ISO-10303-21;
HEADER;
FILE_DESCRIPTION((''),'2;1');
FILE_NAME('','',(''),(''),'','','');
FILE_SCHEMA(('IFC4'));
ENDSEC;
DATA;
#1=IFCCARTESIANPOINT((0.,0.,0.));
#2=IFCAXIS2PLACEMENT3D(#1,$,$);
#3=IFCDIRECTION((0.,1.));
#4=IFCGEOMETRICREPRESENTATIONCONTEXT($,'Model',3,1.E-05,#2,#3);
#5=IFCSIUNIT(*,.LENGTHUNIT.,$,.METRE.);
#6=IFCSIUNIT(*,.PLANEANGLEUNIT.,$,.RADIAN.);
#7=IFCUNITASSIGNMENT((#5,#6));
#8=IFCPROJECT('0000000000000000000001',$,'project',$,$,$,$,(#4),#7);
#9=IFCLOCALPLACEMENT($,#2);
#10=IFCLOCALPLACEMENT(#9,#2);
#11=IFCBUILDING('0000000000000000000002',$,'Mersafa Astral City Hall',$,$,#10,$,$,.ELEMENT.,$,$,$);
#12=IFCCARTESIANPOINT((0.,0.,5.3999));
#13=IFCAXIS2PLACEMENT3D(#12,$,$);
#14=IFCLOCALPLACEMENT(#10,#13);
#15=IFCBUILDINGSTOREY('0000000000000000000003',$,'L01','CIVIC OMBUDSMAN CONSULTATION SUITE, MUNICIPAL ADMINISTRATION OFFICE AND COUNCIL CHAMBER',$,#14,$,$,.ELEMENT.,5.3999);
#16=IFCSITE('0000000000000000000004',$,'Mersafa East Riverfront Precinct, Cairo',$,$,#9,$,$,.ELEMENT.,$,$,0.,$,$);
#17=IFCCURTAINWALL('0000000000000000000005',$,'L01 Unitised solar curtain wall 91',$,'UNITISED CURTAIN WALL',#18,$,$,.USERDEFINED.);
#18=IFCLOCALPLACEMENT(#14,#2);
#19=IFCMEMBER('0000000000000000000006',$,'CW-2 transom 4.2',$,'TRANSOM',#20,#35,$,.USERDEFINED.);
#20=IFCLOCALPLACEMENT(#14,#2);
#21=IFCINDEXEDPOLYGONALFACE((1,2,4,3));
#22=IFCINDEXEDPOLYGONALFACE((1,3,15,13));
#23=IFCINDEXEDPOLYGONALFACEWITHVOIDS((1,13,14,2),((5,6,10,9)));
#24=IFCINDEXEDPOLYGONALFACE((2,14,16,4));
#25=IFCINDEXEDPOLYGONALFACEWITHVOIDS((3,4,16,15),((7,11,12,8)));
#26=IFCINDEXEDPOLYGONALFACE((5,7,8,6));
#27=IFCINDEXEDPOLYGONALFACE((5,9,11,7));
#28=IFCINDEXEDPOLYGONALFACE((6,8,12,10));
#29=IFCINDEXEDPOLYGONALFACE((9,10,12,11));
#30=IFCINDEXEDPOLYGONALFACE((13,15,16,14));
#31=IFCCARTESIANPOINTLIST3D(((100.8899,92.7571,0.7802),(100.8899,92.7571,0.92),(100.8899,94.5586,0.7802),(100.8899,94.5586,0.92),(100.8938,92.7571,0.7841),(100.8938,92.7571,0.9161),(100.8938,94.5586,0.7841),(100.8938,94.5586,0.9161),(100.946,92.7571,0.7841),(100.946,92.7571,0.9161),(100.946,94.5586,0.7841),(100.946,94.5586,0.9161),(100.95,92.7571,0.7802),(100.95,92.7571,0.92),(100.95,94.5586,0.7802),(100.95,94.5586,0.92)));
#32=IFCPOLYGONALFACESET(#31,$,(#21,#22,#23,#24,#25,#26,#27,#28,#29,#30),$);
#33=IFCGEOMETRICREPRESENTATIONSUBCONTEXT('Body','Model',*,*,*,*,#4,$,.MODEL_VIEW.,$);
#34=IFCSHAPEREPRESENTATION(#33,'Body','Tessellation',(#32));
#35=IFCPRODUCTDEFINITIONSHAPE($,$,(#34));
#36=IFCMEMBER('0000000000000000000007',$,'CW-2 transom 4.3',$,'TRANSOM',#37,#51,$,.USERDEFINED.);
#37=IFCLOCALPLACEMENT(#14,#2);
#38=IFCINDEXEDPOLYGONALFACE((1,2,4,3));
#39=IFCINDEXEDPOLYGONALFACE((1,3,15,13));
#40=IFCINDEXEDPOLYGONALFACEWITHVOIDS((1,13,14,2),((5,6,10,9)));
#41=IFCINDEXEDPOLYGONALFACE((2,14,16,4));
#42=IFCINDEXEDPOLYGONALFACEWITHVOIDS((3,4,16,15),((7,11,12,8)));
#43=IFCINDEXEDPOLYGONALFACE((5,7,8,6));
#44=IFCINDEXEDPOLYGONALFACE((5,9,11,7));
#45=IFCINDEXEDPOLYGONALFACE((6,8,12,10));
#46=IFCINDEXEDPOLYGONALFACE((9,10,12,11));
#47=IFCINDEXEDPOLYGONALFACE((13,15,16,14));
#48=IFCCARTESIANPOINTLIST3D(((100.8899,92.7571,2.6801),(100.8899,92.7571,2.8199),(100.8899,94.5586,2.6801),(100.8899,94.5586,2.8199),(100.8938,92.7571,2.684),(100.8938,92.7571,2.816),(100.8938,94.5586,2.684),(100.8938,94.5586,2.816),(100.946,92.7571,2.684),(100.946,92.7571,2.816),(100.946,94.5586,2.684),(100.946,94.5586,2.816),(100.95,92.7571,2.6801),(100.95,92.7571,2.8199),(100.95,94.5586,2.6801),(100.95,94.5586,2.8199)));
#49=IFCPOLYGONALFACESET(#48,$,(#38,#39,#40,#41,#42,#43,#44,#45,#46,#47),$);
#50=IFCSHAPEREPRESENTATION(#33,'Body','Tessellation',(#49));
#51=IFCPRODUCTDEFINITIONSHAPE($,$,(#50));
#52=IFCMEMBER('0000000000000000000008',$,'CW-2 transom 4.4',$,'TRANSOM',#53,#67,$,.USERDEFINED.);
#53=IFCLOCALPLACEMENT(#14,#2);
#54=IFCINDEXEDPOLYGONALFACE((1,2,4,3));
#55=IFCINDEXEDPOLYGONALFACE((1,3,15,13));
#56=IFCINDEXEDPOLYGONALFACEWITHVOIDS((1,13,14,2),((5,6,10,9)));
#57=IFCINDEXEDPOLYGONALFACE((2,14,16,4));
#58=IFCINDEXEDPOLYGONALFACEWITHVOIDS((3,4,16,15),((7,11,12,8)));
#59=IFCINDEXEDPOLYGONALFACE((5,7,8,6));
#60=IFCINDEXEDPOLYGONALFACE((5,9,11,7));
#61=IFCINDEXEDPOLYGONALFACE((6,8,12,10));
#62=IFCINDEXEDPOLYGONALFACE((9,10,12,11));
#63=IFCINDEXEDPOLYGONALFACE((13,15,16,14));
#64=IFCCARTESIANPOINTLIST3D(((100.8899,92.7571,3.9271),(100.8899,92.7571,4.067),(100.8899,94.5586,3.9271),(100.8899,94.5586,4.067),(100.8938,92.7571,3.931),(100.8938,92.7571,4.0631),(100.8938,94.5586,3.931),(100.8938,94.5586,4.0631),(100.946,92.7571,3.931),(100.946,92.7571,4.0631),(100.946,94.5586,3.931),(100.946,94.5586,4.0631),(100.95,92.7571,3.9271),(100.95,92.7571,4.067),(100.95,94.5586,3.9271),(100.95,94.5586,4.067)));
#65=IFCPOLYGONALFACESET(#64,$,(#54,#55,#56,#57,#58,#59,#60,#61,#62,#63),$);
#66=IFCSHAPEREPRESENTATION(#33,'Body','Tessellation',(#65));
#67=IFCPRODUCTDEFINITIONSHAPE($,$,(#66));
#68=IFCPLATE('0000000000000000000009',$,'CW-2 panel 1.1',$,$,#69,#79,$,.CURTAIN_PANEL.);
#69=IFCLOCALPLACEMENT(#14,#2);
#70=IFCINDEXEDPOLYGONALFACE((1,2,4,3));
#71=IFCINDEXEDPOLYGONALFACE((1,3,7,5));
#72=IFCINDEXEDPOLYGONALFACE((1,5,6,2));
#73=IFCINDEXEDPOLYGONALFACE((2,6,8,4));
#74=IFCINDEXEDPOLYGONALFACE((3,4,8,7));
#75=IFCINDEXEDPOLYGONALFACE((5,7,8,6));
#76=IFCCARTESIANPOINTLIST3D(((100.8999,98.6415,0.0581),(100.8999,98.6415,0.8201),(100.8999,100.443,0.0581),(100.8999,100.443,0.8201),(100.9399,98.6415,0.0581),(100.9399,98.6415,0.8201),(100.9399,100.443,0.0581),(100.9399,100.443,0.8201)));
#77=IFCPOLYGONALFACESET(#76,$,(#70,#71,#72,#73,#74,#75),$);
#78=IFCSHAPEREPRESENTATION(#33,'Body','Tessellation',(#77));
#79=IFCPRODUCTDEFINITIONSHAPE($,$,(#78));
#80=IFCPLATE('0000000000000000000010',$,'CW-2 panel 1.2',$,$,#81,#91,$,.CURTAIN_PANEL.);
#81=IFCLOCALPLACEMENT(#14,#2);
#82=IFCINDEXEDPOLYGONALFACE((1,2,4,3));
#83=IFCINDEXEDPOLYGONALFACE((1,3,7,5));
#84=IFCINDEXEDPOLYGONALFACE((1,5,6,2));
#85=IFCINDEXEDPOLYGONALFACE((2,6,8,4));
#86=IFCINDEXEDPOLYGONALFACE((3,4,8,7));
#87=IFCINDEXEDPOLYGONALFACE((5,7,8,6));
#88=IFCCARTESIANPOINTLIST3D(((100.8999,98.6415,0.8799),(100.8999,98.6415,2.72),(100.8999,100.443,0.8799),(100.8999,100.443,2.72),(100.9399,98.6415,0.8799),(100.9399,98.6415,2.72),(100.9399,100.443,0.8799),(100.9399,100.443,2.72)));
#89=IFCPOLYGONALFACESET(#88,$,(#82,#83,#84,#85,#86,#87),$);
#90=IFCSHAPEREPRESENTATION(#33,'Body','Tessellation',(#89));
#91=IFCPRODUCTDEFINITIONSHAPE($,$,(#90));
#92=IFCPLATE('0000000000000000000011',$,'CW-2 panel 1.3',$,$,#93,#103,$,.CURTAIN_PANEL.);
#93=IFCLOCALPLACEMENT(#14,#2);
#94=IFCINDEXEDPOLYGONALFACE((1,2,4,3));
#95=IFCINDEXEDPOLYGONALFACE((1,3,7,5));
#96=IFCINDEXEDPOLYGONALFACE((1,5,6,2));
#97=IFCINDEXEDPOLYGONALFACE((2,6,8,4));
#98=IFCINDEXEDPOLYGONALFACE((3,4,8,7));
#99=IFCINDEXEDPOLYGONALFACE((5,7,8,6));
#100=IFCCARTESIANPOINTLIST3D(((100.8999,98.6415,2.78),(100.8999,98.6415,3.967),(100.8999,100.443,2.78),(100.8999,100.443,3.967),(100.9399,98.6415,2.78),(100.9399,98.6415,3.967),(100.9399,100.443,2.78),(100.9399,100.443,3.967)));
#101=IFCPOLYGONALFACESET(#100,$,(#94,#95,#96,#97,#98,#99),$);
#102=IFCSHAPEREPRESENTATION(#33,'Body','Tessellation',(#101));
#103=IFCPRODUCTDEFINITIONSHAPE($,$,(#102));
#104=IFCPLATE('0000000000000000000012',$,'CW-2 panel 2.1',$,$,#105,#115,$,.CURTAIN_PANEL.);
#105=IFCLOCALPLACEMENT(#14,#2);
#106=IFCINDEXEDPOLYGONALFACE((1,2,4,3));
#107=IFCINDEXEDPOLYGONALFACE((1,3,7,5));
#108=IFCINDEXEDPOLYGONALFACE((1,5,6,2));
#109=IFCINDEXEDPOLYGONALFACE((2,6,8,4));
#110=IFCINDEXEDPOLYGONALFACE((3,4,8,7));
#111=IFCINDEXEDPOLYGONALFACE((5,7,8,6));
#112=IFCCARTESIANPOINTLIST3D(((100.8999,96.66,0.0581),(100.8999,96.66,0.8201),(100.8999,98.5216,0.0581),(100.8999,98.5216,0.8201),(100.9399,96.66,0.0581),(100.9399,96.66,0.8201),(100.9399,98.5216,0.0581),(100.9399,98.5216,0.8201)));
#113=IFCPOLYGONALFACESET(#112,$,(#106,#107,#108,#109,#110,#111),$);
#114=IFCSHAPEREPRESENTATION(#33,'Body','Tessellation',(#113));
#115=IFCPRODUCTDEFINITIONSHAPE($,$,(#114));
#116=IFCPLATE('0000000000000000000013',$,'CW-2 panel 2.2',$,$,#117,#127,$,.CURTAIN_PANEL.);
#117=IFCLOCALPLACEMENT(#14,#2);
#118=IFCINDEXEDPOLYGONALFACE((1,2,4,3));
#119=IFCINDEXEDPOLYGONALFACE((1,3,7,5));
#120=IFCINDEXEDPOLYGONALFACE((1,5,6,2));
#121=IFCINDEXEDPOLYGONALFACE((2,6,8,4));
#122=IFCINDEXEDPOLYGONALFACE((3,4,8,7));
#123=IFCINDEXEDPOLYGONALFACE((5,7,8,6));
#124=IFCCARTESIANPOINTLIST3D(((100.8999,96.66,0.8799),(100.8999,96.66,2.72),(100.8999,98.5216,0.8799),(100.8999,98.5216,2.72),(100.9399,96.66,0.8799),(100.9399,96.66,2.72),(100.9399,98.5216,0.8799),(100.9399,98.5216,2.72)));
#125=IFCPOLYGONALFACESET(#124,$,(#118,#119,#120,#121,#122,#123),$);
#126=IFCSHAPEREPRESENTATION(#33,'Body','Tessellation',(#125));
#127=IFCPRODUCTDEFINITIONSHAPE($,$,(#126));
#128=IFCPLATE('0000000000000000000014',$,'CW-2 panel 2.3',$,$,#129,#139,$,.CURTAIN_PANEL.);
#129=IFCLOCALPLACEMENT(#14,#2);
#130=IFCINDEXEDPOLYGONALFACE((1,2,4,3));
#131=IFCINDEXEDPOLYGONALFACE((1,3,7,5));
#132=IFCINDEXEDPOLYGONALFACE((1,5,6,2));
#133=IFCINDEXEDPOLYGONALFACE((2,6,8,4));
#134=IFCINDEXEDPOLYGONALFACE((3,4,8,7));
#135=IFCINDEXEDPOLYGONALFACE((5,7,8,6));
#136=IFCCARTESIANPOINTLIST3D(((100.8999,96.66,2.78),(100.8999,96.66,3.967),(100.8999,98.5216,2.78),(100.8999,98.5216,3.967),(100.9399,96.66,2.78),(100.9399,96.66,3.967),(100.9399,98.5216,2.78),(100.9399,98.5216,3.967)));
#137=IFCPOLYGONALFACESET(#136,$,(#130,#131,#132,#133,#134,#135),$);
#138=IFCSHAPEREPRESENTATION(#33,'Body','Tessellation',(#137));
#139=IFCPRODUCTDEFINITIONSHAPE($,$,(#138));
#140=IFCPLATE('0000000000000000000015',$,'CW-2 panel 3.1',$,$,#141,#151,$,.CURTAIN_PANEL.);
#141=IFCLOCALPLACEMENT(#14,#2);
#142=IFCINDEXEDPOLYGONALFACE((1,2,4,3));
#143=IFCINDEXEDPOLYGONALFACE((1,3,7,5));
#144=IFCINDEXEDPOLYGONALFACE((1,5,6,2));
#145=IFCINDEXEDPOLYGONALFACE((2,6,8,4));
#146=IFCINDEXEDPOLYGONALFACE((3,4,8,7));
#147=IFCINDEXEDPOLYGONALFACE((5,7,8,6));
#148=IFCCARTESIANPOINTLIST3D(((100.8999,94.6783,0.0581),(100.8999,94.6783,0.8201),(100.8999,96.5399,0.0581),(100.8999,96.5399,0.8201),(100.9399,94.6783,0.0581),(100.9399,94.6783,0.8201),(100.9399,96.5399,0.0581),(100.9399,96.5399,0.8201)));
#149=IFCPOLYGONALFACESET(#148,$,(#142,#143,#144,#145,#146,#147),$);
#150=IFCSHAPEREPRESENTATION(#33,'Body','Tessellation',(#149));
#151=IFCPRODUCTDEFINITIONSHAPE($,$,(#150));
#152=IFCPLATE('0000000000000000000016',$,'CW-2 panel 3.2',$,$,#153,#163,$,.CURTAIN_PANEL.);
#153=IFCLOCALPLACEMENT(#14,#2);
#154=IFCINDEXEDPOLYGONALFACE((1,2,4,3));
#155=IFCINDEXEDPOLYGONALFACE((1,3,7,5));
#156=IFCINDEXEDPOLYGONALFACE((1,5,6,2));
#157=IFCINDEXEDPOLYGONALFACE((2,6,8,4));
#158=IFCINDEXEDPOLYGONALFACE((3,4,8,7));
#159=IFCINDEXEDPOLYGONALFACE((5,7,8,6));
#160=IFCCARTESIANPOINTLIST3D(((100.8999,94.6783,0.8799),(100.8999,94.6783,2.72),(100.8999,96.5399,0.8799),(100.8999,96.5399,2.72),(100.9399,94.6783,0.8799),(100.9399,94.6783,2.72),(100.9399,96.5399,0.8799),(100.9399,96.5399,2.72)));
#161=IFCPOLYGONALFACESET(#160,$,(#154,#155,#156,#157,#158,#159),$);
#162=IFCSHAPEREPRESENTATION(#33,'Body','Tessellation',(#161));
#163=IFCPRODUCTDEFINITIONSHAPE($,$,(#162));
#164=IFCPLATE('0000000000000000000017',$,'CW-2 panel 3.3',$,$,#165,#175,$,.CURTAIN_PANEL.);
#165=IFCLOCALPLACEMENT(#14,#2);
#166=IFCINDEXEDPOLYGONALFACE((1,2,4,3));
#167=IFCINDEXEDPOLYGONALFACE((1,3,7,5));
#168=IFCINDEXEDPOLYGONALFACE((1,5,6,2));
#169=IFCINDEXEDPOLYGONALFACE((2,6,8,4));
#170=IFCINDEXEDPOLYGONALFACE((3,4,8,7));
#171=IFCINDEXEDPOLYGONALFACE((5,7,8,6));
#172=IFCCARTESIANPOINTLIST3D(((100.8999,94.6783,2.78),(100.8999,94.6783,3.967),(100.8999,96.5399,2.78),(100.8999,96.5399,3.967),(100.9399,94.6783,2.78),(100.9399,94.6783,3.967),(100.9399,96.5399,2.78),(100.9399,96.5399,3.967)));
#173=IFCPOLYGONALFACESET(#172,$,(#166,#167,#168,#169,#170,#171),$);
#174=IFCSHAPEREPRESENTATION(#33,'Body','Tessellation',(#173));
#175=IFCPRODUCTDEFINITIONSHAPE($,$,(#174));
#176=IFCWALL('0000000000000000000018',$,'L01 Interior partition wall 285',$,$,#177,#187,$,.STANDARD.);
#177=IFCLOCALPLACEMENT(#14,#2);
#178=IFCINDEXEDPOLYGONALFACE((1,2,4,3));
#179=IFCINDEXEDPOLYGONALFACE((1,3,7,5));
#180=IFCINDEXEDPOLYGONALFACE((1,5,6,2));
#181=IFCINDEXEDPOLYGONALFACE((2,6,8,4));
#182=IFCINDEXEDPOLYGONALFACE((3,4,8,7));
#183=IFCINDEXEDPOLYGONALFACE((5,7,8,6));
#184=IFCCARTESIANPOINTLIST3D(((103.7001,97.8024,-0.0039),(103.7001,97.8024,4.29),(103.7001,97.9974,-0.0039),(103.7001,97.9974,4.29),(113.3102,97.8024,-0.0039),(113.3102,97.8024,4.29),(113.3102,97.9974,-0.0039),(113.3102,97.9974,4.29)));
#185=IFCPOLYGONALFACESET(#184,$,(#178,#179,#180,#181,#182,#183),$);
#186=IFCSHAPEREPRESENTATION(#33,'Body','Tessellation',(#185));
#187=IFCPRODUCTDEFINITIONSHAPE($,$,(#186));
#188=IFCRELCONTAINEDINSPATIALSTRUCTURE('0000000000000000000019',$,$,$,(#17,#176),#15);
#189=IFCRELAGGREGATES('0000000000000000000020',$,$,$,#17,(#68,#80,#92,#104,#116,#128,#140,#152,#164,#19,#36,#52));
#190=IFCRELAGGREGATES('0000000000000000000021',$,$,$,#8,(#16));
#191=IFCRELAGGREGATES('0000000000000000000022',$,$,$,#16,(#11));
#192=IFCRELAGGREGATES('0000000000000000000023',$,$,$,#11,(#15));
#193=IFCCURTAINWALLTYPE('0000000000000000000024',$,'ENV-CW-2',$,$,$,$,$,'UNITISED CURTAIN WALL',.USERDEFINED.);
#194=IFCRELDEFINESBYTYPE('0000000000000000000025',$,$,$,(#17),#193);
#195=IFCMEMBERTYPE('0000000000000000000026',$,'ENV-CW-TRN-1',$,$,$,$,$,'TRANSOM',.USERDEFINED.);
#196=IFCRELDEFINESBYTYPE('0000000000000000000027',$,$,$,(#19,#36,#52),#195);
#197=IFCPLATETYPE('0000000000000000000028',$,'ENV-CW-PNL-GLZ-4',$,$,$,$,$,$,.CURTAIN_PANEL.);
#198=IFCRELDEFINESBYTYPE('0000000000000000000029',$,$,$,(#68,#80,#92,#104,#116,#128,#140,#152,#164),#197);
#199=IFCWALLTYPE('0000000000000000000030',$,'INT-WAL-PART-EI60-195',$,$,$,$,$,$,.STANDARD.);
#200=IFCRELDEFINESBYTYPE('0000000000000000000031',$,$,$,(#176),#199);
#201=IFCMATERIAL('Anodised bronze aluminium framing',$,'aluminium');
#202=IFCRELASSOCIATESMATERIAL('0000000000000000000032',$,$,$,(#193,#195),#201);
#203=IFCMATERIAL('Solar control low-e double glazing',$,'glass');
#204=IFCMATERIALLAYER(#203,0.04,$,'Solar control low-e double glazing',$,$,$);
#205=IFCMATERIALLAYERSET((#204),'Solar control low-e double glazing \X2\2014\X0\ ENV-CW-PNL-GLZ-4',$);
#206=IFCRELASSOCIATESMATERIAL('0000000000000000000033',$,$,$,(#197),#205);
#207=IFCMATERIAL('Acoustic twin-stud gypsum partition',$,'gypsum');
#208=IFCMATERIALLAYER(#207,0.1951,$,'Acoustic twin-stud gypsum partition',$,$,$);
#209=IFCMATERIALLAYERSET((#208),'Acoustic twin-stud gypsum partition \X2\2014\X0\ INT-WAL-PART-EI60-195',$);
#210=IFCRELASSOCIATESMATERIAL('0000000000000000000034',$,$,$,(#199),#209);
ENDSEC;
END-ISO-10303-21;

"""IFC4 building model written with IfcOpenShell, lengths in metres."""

from ifc_helpers import new_model, si_unit, direction, frame, frame_2d, origin, origin_2d, place, context, subcontext, project, spatial, rectangle, hollow_rectangle, extrude, material, layer, layer_set, material_profile, profile_set, type_object, element, aggregate, save


model = new_model("IFC4")

# Units and contexts
model_context = context("Model", 3, precision=1e-05, world=origin(), true_north=direction((0.0, 1.0)))
body_context = subcontext(model_context, "Body", "Model", "MODEL_VIEW")
ifc_project = project(units=[si_unit("LENGTHUNIT", "METRE"), si_unit("PLANEANGLEUNIT", "RADIAN")], contexts=[model_context])

# Site, building, storey
site_placement = place(None, origin())
site = spatial("IfcSite", under=ifc_project, at=site_placement, Name="Mersafa East Riverfront Precinct, Cairo", CompositionType="ELEMENT", RefElevation=0.0)
building_placement = place(site_placement, origin())
building = spatial("IfcBuilding", under=site, at=building_placement, Name="Mersafa Astral City Hall", CompositionType="ELEMENT")
storey_placement = place(building_placement, frame((0.0, 0.0, 5.3999)))
storey = spatial("IfcBuildingStorey", under=building, at=storey_placement, Name="L01", Description="CIVIC OMBUDSMAN CONSULTATION SUITE, MUNICIPAL ADMINISTRATION OFFICE AND COUNCIL CHAMBER", CompositionType="ELEMENT", Elevation=5.3999)

# Curtain wall, members, plates
ifc_material_1 = material(Name="Anodised bronze aluminium framing", Category="aluminium")
curtain_wall_type = type_object("IfcCurtainWallType", Name="ENV-CW-2", ElementType="UNITISED CURTAIN WALL", PredefinedType="USERDEFINED", material=ifc_material_1)
curtain_wall_placement = place(storey_placement, origin())
curtain_wall = element("IfcCurtainWall", 1, at=curtain_wall_placement, inside=storey, type_object=curtain_wall_type, Name="L01 Unitised solar curtain wall 91", ObjectType="UNITISED CURTAIN WALL", PredefinedType="USERDEFINED")
ifc_material_profile_1 = material_profile(ifc_material_1, hollow_rectangle(XDim=0.0601, YDim=0.1399, WallThickness=0.0039, at=origin_2d()), Name="RHS 60x140x4")
ifc_profile_set_1 = profile_set([ifc_material_profile_1], Name="Anodised bronze aluminium framing")
member_type_1 = type_object("IfcMemberType", Name="ENV-CW-TRN-1", ElementType="TRANSOM", PredefinedType="USERDEFINED", material=ifc_profile_set_1)
member_1_placement = place(storey_placement, frame((100.9199, 94.5586, 0.8501), z_axis=(0.0, -1.0, 0.0), x_axis=(1.0, 0.0, 0.0)))
member_1 = element("IfcMember", 2, at=member_1_placement, type_object=member_type_1, Name="CW-2 transom 4.2", ObjectType="TRANSOM", PredefinedType="USERDEFINED", context=body_context, shape_type="SweptSolid", body=[
    extrude(hollow_rectangle(XDim=0.0601, YDim=0.1399, WallThickness=0.0039, at=origin_2d()), origin(), (0.0, 0.0, 1.0), 1.8015),
])
member_2_placement = place(storey_placement, frame((100.9199, 94.5586, 2.75), z_axis=(0.0, -1.0, 0.0), x_axis=(1.0, 0.0, 0.0)))
member_2 = element("IfcMember", 3, at=member_2_placement, type_object=member_type_1, Name="CW-2 transom 4.3", ObjectType="TRANSOM", PredefinedType="USERDEFINED", context=body_context, shape_type="SweptSolid", body=[
    extrude(hollow_rectangle(XDim=0.0601, YDim=0.1399, WallThickness=0.0039, at=origin_2d()), origin(), (0.0, 0.0, 1.0), 1.8015),
])
member_3_placement = place(storey_placement, frame((100.9199, 94.5586, 3.9971), z_axis=(0.0, -1.0, 0.0), x_axis=(1.0, 0.0, 0.0)))
member_3 = element("IfcMember", 4, at=member_3_placement, type_object=member_type_1, Name="CW-2 transom 4.4", ObjectType="TRANSOM", PredefinedType="USERDEFINED", context=body_context, shape_type="SweptSolid", body=[
    extrude(hollow_rectangle(XDim=0.0601, YDim=0.1399, WallThickness=0.0039, at=origin_2d()), origin(), (0.0, 0.0, 1.0), 1.8015),
])
ifc_material_2 = material(Name="Solar control low-e double glazing", Category="glass")
ifc_layer_1 = layer(ifc_material_2, 0.04, Name="Solar control low-e double glazing")
ifc_layer_set_1 = layer_set([ifc_layer_1], Name="Solar control low-e double glazing — ENV-CW-PNL-GLZ-4")
plate_type = type_object("IfcPlateType", Name="ENV-CW-PNL-GLZ-4", PredefinedType="CURTAIN_PANEL", material=ifc_layer_set_1)
plate_1_placement = place(storey_placement, frame((100.9199, 99.5422, 0.0581), z_axis=(0.0, 0.0, 1.0), x_axis=(0.0, -1.0, 0.0)))
plate_1 = element("IfcPlate", 5, at=plate_1_placement, type_object=plate_type, Name="CW-2 panel 1.1", PredefinedType="CURTAIN_PANEL", context=body_context, shape_type="SweptSolid", body=[
    extrude(rectangle(XDim=1.8015, YDim=0.04, at=origin_2d()), origin(), (0.0, 0.0, 1.0), 0.762),
])
plate_2_placement = place(storey_placement, frame((100.9199, 99.5422, 0.8799), z_axis=(0.0, 0.0, 1.0), x_axis=(0.0, -1.0, 0.0)))
plate_2 = element("IfcPlate", 6, at=plate_2_placement, type_object=plate_type, Name="CW-2 panel 1.2", PredefinedType="CURTAIN_PANEL", context=body_context, shape_type="SweptSolid", body=[
    extrude(rectangle(XDim=1.8015, YDim=0.04, at=origin_2d()), origin(), (0.0, 0.0, 1.0), 1.8401),
])
plate_3_placement = place(storey_placement, frame((100.9199, 99.5422, 2.78), z_axis=(0.0, 0.0, 1.0), x_axis=(0.0, -1.0, 0.0)))
plate_3 = element("IfcPlate", 7, at=plate_3_placement, type_object=plate_type, Name="CW-2 panel 1.3", PredefinedType="CURTAIN_PANEL", context=body_context, shape_type="SweptSolid", body=[
    extrude(rectangle(XDim=1.8015, YDim=0.04, at=origin_2d()), origin(), (0.0, 0.0, 1.0), 1.187),
])
plate_4_placement = place(storey_placement, frame((100.9199, 97.5908, 0.0581), z_axis=(0.0, 0.0, 1.0), x_axis=(0.0, -1.0, 0.0)))
plate_4 = element("IfcPlate", 8, at=plate_4_placement, type_object=plate_type, Name="CW-2 panel 2.1", PredefinedType="CURTAIN_PANEL", context=body_context, shape_type="SweptSolid", body=[
    extrude(rectangle(XDim=1.8616, YDim=0.04, at=origin_2d()), origin(), (0.0, 0.0, 1.0), 0.762),
])
plate_5_placement = place(storey_placement, frame((100.9199, 97.5908, 0.8799), z_axis=(0.0, 0.0, 1.0), x_axis=(0.0, -1.0, 0.0)))
plate_5 = element("IfcPlate", 9, at=plate_5_placement, type_object=plate_type, Name="CW-2 panel 2.2", PredefinedType="CURTAIN_PANEL", context=body_context, shape_type="SweptSolid", body=[
    extrude(rectangle(XDim=1.8616, YDim=0.04, at=origin_2d()), origin(), (0.0, 0.0, 1.0), 1.8401),
])
plate_6_placement = place(storey_placement, frame((100.9199, 97.5908, 2.78), z_axis=(0.0, 0.0, 1.0), x_axis=(0.0, -1.0, 0.0)))
plate_6 = element("IfcPlate", 10, at=plate_6_placement, type_object=plate_type, Name="CW-2 panel 2.3", PredefinedType="CURTAIN_PANEL", context=body_context, shape_type="SweptSolid", body=[
    extrude(rectangle(XDim=1.8616, YDim=0.04, at=origin_2d()), origin(), (0.0, 0.0, 1.0), 1.187),
])
plate_7_placement = place(storey_placement, frame((100.9199, 95.6091, 0.0581), z_axis=(0.0, 0.0, 1.0), x_axis=(0.0, -1.0, 0.0)))
plate_7 = element("IfcPlate", 11, at=plate_7_placement, type_object=plate_type, Name="CW-2 panel 3.1", PredefinedType="CURTAIN_PANEL", context=body_context, shape_type="SweptSolid", body=[
    extrude(rectangle(XDim=1.8616, YDim=0.04, at=origin_2d()), origin(), (0.0, 0.0, 1.0), 0.762),
])
plate_8_placement = place(storey_placement, frame((100.9199, 95.6091, 0.8799), z_axis=(0.0, 0.0, 1.0), x_axis=(0.0, -1.0, 0.0)))
plate_8 = element("IfcPlate", 12, at=plate_8_placement, type_object=plate_type, Name="CW-2 panel 3.2", PredefinedType="CURTAIN_PANEL", context=body_context, shape_type="SweptSolid", body=[
    extrude(rectangle(XDim=1.8616, YDim=0.04, at=origin_2d()), origin(), (0.0, 0.0, 1.0), 1.8401),
])
plate_9_placement = place(storey_placement, frame((100.9199, 95.6091, 2.78), z_axis=(0.0, 0.0, 1.0), x_axis=(0.0, -1.0, 0.0)))
plate_9 = element("IfcPlate", 13, at=plate_9_placement, type_object=plate_type, Name="CW-2 panel 3.3", PredefinedType="CURTAIN_PANEL", context=body_context, shape_type="SweptSolid", body=[
    extrude(rectangle(XDim=1.8616, YDim=0.04, at=origin_2d()), origin(), (0.0, 0.0, 1.0), 1.187),
])
aggregate(curtain_wall, [plate_1, plate_2, plate_3, plate_4, plate_5, plate_6, plate_7, plate_8, plate_9, member_1, member_2, member_3])

# Wall
ifc_material_3 = material(Name="Acoustic twin-stud gypsum partition", Category="gypsum")
ifc_layer_2 = layer(ifc_material_3, 0.1951, Name="Acoustic twin-stud gypsum partition")
ifc_layer_set_2 = layer_set([ifc_layer_2], Name="Acoustic twin-stud gypsum partition — INT-WAL-PART-EI60-195")
wall_type = type_object("IfcWallType", Name="INT-WAL-PART-EI60-195", PredefinedType="STANDARD", material=ifc_layer_set_2)
wall_placement = place(storey_placement, frame((103.7, 97.8999, -0.0039), z_axis=(0.0, 0.0, 1.0), x_axis=(1.0, 0.0, 0.0)))
element("IfcWall", 14, at=wall_placement, inside=storey, type_object=wall_type, Name="L01 Interior partition wall 285", PredefinedType="STANDARD", context=body_context, shape_type="SweptSolid", body=[
    extrude(rectangle(XDim=9.6101, YDim=0.1951, at=frame_2d((4.8052, 0.0))), origin(), (0.0, 0.0, 1.0), 4.2939),
])

save(model, "model.ifc")
